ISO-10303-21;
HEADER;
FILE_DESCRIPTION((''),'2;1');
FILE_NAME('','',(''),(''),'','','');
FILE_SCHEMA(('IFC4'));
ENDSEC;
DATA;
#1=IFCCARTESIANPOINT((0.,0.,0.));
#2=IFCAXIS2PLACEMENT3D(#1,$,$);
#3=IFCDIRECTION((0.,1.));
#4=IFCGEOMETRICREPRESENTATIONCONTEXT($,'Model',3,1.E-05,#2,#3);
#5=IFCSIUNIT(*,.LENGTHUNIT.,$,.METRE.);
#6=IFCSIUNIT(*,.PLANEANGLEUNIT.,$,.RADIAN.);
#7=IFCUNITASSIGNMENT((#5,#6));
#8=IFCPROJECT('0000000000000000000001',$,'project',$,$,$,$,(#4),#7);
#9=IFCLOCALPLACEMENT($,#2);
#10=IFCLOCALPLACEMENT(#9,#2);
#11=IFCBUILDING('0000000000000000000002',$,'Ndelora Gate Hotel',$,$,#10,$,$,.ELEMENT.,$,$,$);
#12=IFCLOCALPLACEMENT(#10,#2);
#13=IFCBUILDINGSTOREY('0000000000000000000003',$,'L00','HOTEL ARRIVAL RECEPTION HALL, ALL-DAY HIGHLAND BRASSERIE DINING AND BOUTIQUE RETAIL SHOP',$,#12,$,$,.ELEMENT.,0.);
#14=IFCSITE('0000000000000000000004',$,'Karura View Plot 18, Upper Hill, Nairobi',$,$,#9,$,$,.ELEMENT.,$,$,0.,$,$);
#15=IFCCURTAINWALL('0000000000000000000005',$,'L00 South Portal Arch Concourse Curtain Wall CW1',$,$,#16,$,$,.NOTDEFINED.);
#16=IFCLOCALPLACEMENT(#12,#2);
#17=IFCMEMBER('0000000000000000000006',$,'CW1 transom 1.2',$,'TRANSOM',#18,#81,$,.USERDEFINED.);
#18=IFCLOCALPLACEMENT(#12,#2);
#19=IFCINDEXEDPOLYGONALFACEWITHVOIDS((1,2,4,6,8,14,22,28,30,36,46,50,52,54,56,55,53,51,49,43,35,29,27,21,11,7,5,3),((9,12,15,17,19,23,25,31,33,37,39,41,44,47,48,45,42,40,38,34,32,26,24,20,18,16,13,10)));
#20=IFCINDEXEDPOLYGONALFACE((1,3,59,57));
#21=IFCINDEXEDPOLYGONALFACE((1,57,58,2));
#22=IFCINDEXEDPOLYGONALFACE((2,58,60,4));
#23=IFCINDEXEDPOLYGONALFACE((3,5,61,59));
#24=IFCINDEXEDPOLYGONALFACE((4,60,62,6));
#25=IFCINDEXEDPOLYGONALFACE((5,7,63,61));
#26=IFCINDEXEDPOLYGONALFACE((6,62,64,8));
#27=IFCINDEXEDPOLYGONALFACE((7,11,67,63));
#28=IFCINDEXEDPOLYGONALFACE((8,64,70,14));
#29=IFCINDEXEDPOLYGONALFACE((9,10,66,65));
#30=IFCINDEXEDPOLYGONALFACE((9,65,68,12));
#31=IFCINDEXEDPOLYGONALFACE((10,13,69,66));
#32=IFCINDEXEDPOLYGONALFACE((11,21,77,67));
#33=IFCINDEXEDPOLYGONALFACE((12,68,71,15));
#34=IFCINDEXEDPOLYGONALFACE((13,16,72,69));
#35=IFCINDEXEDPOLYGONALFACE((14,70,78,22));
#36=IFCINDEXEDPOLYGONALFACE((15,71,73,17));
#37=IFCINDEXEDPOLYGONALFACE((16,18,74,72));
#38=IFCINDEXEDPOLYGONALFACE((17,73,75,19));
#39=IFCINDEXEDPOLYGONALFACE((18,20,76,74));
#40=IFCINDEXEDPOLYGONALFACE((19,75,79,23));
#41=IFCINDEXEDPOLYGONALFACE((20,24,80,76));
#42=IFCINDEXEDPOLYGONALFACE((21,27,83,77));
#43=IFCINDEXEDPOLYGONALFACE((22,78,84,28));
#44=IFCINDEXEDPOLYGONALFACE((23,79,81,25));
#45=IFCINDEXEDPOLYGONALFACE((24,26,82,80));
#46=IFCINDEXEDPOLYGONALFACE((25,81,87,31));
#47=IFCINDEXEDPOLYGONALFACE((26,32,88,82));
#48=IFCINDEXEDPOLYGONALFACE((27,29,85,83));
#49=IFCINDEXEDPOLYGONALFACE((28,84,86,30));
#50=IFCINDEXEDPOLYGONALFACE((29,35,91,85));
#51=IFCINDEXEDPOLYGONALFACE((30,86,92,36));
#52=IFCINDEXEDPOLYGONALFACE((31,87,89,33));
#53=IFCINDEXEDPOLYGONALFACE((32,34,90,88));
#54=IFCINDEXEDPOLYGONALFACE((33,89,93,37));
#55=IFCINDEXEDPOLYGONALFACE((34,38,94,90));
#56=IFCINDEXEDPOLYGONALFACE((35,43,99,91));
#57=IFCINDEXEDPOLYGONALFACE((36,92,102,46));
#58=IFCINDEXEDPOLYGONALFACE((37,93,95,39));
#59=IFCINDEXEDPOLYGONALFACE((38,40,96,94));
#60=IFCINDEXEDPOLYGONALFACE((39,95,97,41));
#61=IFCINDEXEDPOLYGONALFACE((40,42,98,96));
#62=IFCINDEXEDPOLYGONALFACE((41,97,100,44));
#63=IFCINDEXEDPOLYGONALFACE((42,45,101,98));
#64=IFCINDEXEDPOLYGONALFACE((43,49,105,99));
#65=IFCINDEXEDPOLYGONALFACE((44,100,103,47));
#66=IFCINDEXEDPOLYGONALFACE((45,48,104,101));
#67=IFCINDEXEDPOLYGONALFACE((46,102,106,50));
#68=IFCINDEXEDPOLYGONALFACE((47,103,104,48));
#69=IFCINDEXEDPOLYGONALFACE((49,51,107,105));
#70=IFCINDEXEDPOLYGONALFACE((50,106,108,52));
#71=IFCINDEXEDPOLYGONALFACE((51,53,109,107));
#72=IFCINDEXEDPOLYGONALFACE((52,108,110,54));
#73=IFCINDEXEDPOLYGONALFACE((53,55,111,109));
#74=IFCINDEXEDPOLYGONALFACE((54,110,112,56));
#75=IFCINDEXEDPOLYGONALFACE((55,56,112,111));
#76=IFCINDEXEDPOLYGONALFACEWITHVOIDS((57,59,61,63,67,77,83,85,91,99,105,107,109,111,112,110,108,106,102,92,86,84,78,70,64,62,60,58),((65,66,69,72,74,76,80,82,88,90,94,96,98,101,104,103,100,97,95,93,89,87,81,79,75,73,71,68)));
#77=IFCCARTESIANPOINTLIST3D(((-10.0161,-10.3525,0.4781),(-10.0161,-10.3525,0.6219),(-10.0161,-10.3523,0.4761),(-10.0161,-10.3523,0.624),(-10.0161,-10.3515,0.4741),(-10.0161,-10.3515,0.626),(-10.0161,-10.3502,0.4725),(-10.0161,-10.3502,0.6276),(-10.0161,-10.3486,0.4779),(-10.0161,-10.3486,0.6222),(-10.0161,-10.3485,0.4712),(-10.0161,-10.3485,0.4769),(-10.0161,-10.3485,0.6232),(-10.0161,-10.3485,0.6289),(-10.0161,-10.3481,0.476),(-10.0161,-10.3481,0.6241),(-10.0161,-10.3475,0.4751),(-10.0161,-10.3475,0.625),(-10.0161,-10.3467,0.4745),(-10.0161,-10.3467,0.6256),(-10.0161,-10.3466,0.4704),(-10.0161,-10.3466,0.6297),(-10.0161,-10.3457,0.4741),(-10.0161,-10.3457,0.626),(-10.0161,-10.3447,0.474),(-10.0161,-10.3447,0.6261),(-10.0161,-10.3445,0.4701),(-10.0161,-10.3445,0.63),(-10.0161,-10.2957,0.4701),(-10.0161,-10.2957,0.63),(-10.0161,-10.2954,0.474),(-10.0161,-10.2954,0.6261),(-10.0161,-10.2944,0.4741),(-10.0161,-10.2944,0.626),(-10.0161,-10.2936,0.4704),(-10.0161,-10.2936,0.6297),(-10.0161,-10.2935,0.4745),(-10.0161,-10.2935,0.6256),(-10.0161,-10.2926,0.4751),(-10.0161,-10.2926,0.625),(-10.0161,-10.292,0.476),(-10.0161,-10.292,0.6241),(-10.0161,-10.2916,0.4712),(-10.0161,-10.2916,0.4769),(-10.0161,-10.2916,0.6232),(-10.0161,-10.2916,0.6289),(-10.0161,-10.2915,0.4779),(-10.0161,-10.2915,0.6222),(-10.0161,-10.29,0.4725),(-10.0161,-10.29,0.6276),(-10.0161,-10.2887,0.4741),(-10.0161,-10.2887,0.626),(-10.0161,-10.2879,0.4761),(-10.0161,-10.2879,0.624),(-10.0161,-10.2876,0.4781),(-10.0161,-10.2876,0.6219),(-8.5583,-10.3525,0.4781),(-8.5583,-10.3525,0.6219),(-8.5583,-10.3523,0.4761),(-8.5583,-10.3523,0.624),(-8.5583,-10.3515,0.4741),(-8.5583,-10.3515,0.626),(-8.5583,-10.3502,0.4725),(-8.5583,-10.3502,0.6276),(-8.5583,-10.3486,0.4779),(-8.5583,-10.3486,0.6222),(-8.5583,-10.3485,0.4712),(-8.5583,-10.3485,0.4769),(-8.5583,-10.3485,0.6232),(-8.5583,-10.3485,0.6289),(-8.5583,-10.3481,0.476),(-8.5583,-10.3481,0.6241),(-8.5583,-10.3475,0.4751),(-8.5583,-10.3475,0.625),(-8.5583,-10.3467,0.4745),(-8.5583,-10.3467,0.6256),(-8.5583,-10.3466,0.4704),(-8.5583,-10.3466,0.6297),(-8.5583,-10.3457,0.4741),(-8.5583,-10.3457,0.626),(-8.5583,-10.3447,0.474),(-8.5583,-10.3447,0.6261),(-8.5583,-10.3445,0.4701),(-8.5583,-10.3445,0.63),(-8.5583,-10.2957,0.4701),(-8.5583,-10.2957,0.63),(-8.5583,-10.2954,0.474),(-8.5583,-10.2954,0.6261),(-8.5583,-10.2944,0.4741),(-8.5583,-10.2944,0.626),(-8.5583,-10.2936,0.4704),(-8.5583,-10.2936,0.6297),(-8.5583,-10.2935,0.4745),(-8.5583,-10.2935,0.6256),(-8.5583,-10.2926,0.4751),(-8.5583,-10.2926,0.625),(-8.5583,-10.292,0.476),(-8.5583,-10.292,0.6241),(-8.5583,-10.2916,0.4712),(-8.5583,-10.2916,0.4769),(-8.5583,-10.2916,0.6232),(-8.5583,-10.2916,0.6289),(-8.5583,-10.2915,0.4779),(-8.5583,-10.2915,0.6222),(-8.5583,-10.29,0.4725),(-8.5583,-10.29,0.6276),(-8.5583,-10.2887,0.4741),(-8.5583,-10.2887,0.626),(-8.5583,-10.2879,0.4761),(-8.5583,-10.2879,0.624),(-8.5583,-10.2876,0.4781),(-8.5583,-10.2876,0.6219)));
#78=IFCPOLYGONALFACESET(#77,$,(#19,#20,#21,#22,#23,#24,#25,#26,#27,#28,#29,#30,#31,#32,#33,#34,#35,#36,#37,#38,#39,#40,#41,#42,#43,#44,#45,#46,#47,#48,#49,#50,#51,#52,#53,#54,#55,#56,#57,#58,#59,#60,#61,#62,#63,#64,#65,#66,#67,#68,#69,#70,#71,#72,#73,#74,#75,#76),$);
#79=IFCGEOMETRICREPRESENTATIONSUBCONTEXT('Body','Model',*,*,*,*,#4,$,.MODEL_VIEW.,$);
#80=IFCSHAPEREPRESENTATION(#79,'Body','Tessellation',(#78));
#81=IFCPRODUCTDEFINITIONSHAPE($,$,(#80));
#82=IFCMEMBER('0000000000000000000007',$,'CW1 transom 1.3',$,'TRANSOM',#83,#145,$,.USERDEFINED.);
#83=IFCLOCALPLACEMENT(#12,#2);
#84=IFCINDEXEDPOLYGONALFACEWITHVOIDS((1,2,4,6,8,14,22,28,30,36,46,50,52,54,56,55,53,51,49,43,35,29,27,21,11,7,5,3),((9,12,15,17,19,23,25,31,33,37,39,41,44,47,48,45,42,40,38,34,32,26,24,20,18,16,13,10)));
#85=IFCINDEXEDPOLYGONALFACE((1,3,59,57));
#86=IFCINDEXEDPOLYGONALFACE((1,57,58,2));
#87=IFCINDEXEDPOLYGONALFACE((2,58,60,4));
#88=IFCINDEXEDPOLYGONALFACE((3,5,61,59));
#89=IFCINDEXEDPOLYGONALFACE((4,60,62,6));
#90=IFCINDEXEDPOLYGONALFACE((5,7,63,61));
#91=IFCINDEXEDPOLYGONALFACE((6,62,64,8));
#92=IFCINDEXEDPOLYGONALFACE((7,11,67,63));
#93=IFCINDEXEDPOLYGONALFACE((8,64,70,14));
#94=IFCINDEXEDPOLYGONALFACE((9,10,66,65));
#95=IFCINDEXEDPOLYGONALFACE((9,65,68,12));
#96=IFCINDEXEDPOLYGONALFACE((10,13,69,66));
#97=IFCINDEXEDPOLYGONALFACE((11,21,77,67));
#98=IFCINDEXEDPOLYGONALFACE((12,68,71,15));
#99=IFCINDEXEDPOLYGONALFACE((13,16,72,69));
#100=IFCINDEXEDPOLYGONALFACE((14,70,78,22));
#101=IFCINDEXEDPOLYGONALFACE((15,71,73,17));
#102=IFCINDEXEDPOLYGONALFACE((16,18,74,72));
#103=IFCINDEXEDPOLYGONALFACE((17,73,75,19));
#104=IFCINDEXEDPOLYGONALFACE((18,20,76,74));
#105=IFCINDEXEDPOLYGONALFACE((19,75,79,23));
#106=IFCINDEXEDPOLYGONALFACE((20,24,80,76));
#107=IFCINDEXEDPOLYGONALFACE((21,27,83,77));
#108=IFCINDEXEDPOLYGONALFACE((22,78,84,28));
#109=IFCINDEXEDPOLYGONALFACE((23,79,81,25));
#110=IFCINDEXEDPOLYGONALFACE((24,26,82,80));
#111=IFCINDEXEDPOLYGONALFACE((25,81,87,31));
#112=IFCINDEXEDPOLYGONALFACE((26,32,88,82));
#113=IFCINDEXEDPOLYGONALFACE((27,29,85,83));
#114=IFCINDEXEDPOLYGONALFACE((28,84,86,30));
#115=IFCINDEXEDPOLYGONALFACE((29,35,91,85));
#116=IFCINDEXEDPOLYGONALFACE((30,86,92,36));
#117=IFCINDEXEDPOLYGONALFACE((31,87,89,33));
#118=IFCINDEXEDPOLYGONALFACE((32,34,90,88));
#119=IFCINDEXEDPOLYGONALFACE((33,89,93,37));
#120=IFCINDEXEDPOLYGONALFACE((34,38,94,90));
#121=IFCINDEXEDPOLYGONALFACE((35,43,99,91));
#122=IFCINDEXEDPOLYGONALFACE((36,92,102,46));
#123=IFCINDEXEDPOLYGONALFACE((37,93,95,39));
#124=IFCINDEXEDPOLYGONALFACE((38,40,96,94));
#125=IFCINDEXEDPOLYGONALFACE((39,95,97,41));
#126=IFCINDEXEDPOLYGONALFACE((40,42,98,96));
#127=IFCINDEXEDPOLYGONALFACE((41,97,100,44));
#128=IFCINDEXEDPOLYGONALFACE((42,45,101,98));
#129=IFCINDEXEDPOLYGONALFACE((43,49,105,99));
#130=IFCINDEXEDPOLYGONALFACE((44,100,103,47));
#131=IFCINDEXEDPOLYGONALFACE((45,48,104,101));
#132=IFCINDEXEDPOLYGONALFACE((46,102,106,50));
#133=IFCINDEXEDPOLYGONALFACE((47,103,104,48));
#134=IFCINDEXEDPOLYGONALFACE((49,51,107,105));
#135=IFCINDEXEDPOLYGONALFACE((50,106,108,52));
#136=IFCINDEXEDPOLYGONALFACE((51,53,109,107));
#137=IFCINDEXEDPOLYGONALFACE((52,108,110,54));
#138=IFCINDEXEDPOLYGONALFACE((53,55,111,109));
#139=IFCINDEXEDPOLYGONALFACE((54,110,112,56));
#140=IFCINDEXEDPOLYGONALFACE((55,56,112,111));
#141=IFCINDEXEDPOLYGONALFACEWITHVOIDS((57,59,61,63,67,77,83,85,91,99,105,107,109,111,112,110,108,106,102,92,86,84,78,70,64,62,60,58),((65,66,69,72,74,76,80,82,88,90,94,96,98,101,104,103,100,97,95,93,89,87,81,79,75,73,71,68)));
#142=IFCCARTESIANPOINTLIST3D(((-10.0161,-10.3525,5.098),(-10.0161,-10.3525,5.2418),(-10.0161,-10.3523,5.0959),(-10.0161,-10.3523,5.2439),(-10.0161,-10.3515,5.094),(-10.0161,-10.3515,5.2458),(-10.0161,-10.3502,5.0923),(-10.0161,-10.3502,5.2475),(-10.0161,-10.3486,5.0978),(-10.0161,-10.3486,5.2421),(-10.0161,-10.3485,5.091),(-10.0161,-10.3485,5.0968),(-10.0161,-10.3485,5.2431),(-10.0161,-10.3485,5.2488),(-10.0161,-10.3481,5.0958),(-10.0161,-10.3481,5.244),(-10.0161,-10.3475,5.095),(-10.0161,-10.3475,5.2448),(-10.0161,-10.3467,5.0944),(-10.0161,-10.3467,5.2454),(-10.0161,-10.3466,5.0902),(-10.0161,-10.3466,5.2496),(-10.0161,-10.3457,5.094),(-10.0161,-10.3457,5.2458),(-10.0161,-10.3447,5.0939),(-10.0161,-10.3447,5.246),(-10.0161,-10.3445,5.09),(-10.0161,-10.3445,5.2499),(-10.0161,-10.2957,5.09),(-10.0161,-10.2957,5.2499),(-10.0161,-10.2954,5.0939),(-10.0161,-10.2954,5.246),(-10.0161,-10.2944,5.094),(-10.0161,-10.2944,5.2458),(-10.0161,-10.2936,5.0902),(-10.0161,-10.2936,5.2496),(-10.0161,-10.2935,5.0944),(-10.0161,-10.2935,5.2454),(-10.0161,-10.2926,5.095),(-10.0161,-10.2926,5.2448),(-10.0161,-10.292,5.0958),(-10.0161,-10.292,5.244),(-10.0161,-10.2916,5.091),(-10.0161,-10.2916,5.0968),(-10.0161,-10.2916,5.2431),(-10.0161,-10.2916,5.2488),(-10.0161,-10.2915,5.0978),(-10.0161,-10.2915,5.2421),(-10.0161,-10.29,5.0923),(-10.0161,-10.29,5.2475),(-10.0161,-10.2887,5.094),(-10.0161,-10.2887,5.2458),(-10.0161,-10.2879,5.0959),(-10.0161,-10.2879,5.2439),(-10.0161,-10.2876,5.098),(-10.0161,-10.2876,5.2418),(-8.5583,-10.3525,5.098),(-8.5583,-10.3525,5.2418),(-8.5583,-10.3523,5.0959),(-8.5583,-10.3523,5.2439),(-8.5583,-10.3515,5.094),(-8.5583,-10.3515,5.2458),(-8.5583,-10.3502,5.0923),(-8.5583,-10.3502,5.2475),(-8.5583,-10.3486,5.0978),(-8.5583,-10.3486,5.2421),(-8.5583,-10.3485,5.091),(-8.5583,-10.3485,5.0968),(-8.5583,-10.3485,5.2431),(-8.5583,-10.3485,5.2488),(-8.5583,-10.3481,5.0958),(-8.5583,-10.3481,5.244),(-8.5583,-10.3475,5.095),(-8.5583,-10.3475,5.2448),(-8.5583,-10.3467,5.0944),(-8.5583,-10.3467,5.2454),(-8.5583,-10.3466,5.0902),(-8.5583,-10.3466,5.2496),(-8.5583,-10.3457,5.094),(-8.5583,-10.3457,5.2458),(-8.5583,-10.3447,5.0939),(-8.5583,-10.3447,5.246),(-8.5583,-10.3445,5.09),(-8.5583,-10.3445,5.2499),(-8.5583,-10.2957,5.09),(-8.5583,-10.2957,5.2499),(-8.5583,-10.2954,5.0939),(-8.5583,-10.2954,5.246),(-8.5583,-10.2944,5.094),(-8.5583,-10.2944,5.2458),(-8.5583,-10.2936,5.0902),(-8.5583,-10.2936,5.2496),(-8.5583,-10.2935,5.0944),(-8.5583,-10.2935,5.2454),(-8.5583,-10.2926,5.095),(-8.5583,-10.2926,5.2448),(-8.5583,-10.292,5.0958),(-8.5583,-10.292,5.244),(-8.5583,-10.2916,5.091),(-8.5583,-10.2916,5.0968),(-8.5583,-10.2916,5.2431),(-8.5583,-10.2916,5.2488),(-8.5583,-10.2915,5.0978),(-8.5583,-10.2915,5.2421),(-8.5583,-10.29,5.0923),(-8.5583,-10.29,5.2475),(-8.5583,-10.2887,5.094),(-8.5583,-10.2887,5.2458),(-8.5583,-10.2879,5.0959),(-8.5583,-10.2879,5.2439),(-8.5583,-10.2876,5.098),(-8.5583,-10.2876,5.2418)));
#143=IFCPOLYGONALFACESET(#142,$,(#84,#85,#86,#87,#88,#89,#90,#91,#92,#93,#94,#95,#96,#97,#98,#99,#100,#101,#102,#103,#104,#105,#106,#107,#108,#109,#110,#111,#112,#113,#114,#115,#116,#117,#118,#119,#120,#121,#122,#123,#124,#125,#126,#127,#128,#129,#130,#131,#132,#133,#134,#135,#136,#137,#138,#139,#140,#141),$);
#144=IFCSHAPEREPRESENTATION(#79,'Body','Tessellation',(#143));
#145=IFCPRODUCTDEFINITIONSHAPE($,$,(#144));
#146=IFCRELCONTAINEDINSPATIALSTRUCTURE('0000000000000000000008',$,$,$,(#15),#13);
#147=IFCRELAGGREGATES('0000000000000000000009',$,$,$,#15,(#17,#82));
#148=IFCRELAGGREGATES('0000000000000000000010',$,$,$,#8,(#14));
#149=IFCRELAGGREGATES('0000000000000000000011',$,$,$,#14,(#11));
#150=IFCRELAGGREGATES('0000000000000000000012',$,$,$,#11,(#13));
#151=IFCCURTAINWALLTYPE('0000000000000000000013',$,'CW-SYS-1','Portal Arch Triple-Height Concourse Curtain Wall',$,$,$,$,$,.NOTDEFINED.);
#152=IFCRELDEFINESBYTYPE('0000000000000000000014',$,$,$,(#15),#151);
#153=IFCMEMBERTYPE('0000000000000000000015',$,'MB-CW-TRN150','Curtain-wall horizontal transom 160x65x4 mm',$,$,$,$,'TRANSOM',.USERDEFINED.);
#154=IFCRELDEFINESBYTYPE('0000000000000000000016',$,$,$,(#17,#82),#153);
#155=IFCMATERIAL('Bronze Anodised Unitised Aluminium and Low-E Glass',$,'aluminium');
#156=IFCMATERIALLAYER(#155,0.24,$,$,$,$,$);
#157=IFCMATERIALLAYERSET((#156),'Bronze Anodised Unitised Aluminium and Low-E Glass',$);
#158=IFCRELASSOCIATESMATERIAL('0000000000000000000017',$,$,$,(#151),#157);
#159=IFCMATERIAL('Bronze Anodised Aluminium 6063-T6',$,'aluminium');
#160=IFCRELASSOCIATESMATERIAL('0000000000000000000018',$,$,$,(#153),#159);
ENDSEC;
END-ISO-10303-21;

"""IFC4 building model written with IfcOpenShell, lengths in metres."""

from ifc_helpers import new_model, si_unit, direction, frame, origin, origin_2d, place, context, subcontext, project, spatial, hollow_rectangle, extrude, material, layer, layer_set, material_profile, profile_set, type_object, element, aggregate, save


model = new_model("IFC4")

# Units and contexts
model_context = context("Model", 3, precision=1e-05, world=origin(), true_north=direction((0.0, 1.0)))
body_context = subcontext(model_context, "Body", "Model", "MODEL_VIEW")
ifc_project = project(units=[si_unit("LENGTHUNIT", "METRE"), si_unit("PLANEANGLEUNIT", "RADIAN")], contexts=[model_context])

# Site, building, storey
site_placement = place(None, origin())
site = spatial("IfcSite", under=ifc_project, at=site_placement, Name="Karura View Plot 18, Upper Hill, Nairobi", CompositionType="ELEMENT", RefElevation=0.0)
building_placement = place(site_placement, origin())
building = spatial("IfcBuilding", under=site, at=building_placement, Name="Ndelora Gate Hotel", CompositionType="ELEMENT")
storey_placement = place(building_placement, origin())
storey = spatial("IfcBuildingStorey", under=building, at=storey_placement, Name="L00", Description="HOTEL ARRIVAL RECEPTION HALL, ALL-DAY HIGHLAND BRASSERIE DINING AND BOUTIQUE RETAIL SHOP", CompositionType="ELEMENT", Elevation=0.0)

# Curtain wall, members
ifc_material_1 = material(Name="Bronze Anodised Unitised Aluminium and Low-E Glass", Category="aluminium")
ifc_layer_1 = layer(ifc_material_1, 0.24)
ifc_layer_set_1 = layer_set([ifc_layer_1], Name="Bronze Anodised Unitised Aluminium and Low-E Glass")
curtain_wall_type = type_object("IfcCurtainWallType", Name="CW-SYS-1", Description="Portal Arch Triple-Height Concourse Curtain Wall", PredefinedType="NOTDEFINED", material=ifc_layer_set_1)
curtain_wall_placement = place(storey_placement, origin())
curtain_wall = element("IfcCurtainWall", 1, at=curtain_wall_placement, inside=storey, type_object=curtain_wall_type, Name="L00 South Portal Arch Concourse Curtain Wall CW1", PredefinedType="NOTDEFINED")
ifc_material_2 = material(Name="Bronze Anodised Aluminium 6063-T6", Category="aluminium")
ifc_material_profile_1 = material_profile(ifc_material_2, hollow_rectangle(XDim=0.0649, YDim=0.1599, WallThickness=0.0039, InnerFilletRadius=0.0039, OuterFilletRadius=0.0081, at=origin_2d()), Name="ALU 160x65x4")
ifc_profile_set_1 = profile_set([ifc_material_profile_1], Name="Bronze Anodised Aluminium 6063-T6")
member_type_1 = type_object("IfcMemberType", Name="MB-CW-TRN150", Description="Curtain-wall horizontal transom 160x65x4 mm", ElementType="TRANSOM", PredefinedType="USERDEFINED", material=ifc_profile_set_1)
member_1_placement = place(storey_placement, frame((-10.0161, -10.3201, 0.55), z_axis=(1.0, 0.0, 0.0), x_axis=(0.0, 1.0, 0.0)))
member_1 = element("IfcMember", 2, at=member_1_placement, type_object=member_type_1, Name="CW1 transom 1.2", ObjectType="TRANSOM", PredefinedType="USERDEFINED", context=body_context, shape_type="SweptSolid", body=[
    extrude(hollow_rectangle(XDim=0.0649, YDim=0.1599, WallThickness=0.0039, InnerFilletRadius=0.0039, OuterFilletRadius=0.0081, at=origin_2d()), origin(), (0.0, 0.0, 1.0), 1.4578),
])
member_2_placement = place(storey_placement, frame((-10.0161, -10.3201, 5.1699), z_axis=(1.0, 0.0, 0.0), x_axis=(0.0, 1.0, 0.0)))
member_2 = element("IfcMember", 3, at=member_2_placement, type_object=member_type_1, Name="CW1 transom 1.3", ObjectType="TRANSOM", PredefinedType="USERDEFINED", context=body_context, shape_type="SweptSolid", body=[
    extrude(hollow_rectangle(XDim=0.0649, YDim=0.1599, WallThickness=0.0039, InnerFilletRadius=0.0039, OuterFilletRadius=0.0081, at=origin_2d()), origin(), (0.0, 0.0, 1.0), 1.4578),
])
aggregate(curtain_wall, [member_1, member_2])

save(model, "model.ifc")
